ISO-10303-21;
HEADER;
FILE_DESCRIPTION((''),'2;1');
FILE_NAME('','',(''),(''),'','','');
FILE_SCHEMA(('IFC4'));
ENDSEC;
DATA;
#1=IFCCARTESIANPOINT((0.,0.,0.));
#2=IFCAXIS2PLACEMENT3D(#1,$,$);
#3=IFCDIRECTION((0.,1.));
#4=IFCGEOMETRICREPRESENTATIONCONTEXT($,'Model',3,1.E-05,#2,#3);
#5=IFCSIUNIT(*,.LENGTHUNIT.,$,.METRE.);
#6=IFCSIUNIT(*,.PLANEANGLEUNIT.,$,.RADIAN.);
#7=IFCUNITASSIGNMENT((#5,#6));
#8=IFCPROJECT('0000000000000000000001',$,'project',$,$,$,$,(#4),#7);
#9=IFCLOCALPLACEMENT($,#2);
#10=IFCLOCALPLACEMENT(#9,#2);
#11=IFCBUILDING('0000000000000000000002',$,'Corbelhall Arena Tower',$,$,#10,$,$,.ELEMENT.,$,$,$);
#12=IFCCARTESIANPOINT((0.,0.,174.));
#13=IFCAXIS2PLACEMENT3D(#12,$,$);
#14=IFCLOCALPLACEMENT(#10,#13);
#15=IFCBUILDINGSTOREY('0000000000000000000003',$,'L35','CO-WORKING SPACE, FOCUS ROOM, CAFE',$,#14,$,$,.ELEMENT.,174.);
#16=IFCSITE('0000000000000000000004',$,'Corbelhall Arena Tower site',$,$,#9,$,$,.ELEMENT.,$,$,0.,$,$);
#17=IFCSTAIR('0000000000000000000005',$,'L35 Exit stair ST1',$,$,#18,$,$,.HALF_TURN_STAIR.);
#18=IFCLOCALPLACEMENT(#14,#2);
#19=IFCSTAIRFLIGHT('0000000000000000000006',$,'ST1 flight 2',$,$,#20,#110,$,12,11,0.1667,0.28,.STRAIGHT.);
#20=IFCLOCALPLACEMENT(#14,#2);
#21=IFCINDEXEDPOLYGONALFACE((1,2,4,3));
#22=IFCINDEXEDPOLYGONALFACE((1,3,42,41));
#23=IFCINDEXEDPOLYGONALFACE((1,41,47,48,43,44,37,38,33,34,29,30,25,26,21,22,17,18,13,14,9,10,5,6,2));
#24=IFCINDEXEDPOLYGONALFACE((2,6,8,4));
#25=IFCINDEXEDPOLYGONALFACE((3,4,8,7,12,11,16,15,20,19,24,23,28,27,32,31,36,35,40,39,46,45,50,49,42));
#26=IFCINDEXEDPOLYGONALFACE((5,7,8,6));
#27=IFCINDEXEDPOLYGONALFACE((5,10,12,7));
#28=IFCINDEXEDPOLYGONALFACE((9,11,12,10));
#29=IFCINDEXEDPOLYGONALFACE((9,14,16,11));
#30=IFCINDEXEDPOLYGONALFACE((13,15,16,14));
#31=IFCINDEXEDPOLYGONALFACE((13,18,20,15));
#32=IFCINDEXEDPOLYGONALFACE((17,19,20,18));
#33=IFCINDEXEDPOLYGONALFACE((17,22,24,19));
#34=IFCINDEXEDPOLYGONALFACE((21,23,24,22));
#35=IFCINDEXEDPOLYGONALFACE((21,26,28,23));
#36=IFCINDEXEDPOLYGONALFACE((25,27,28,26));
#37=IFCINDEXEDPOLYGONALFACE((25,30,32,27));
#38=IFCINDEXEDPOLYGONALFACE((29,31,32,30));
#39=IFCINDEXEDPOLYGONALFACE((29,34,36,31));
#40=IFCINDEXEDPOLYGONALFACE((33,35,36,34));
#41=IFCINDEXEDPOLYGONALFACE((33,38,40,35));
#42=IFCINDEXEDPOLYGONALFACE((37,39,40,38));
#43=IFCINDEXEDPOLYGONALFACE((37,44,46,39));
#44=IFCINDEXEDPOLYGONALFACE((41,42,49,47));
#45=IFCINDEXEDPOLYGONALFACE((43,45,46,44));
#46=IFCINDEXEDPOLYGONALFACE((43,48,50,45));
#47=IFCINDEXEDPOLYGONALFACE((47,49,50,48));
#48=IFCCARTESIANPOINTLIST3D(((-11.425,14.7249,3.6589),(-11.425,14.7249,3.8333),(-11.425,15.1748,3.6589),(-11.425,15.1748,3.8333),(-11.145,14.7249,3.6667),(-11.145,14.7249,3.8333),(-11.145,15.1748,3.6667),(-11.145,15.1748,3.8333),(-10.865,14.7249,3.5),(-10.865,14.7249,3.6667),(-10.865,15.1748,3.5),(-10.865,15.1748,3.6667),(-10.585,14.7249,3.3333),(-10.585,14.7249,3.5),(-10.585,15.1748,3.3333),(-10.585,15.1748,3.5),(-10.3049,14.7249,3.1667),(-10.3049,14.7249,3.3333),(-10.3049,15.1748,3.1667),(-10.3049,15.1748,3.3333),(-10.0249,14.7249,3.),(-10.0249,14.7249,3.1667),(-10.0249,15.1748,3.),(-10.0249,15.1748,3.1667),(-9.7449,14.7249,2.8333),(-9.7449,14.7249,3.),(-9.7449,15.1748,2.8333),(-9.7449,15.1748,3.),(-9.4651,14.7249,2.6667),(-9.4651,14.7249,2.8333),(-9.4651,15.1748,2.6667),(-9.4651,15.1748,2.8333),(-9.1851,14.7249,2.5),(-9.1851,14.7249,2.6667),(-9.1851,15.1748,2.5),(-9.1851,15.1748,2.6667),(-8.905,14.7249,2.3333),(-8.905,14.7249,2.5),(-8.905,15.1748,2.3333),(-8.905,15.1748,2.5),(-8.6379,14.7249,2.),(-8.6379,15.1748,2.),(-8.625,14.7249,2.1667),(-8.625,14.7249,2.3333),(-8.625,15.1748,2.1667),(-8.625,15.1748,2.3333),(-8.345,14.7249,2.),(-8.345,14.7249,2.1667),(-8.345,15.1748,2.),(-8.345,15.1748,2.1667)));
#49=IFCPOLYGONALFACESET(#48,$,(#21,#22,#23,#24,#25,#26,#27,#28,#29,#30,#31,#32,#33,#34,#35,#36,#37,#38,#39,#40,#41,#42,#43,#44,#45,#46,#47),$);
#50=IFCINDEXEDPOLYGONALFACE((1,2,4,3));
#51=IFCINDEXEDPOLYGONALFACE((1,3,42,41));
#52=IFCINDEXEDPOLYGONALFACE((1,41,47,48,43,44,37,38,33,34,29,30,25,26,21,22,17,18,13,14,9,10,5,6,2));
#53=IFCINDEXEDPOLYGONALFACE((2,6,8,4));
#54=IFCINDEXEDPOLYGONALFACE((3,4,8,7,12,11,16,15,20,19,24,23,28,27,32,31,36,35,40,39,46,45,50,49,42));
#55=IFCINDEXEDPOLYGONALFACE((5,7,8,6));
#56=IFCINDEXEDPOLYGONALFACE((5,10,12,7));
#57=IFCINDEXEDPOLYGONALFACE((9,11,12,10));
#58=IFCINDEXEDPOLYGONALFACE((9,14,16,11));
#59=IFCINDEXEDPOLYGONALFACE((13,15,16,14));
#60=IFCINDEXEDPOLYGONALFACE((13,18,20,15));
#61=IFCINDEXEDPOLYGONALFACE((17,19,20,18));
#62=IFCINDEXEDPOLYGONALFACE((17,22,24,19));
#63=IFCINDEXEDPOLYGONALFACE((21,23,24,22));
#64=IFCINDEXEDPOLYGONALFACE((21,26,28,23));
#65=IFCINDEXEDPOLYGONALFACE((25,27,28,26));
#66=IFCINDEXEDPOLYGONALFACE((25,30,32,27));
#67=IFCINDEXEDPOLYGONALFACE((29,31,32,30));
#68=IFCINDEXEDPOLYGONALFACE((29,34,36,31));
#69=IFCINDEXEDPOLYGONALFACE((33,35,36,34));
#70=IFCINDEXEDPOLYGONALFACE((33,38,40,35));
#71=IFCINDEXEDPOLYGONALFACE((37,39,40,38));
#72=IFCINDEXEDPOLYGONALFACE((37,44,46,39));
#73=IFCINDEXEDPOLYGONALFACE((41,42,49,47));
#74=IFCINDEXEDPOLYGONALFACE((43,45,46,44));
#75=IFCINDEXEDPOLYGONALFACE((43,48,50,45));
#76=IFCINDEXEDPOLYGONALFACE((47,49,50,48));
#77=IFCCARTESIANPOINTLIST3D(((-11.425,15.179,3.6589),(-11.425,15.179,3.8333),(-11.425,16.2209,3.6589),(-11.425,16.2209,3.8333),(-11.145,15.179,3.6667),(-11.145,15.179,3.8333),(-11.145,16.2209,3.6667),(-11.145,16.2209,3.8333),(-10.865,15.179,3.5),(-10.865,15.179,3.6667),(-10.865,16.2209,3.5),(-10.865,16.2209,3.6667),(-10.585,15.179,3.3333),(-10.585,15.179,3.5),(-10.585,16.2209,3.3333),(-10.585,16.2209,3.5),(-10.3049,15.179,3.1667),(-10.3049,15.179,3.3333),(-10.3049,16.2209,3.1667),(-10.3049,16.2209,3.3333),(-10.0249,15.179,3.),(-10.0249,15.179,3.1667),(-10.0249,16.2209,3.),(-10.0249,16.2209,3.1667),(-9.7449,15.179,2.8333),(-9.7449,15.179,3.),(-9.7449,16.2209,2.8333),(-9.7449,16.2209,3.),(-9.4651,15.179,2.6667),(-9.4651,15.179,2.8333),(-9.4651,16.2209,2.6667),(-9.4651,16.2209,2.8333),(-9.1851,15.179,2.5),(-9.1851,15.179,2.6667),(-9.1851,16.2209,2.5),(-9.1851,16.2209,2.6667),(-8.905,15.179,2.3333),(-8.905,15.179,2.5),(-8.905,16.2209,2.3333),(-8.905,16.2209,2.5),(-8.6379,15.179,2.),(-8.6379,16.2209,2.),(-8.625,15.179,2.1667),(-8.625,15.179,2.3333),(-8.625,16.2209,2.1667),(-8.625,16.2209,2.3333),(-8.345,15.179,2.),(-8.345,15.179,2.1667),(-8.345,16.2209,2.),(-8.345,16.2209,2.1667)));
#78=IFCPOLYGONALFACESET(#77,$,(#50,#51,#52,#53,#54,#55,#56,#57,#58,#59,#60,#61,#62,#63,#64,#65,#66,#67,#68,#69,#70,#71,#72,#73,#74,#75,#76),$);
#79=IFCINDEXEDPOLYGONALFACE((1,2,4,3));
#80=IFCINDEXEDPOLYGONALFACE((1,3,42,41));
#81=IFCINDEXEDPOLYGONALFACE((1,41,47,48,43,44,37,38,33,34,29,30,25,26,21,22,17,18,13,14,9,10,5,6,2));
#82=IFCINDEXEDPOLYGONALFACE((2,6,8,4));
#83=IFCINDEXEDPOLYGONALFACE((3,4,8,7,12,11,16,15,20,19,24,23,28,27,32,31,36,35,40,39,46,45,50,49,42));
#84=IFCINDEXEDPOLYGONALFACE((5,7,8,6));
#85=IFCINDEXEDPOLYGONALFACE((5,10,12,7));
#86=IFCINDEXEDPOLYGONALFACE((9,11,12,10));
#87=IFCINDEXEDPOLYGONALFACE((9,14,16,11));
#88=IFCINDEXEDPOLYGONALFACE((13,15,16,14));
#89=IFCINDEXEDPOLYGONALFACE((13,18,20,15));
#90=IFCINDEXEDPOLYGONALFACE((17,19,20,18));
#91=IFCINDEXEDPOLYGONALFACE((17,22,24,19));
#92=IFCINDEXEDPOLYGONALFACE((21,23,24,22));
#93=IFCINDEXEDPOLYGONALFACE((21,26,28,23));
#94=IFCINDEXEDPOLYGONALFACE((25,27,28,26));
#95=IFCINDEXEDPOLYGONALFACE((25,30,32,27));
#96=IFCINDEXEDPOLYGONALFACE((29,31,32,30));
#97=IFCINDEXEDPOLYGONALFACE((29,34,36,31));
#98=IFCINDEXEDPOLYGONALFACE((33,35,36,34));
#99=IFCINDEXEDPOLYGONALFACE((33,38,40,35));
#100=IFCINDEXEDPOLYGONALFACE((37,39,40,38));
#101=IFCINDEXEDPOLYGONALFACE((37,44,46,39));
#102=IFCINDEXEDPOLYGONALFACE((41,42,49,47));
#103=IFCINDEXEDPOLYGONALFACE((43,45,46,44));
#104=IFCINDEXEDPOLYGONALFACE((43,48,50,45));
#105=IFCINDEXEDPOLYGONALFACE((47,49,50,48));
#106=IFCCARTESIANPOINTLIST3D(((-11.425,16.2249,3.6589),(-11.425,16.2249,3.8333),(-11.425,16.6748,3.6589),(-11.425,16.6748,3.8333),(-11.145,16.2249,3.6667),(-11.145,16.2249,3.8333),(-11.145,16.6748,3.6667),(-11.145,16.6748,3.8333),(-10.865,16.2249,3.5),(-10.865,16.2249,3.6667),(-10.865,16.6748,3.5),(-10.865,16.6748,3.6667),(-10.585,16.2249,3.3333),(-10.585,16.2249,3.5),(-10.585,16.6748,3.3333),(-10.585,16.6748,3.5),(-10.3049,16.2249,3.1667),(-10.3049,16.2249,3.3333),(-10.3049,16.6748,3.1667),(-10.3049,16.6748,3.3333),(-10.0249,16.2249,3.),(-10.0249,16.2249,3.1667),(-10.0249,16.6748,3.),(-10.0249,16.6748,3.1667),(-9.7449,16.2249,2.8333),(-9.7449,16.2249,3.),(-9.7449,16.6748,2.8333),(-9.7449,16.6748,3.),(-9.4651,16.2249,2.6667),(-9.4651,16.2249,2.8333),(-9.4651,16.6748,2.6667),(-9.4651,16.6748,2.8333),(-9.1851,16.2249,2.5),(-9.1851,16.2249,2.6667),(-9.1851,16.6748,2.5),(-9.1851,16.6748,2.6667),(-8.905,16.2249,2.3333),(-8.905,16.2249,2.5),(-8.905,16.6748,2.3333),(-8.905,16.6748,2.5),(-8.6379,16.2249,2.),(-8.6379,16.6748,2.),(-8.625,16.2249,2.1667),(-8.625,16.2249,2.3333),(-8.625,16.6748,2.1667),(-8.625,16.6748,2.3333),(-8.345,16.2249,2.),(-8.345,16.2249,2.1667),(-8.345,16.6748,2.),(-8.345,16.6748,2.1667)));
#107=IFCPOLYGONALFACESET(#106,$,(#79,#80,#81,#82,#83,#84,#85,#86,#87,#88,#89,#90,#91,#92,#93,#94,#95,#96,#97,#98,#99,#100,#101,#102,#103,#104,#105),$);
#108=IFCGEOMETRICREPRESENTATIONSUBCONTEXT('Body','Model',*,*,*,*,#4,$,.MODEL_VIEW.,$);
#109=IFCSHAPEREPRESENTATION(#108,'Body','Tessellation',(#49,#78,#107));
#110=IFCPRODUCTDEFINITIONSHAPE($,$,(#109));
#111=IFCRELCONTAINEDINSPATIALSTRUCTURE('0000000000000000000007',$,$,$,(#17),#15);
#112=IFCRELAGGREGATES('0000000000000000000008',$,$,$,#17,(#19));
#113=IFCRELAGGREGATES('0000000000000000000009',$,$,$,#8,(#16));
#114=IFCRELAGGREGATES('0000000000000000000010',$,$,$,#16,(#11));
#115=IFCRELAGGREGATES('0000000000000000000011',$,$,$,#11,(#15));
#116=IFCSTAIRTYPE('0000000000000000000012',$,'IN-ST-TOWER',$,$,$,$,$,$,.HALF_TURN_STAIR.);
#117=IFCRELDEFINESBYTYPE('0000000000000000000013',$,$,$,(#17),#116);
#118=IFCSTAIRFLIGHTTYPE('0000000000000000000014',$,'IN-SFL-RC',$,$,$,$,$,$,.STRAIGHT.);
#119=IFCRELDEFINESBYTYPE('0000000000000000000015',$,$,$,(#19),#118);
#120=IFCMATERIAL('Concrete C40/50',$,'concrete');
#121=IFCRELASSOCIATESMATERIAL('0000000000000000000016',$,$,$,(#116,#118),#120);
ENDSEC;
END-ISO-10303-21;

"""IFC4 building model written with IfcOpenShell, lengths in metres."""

from ifc_helpers import new_model, si_unit, direction, frame, origin, place, context, subcontext, project, spatial, polyline, outline, extrude, material, type_object, element, aggregate, save


model = new_model("IFC4")

# Units and contexts
model_context = context("Model", 3, precision=1e-05, world=origin(), true_north=direction((0.0, 1.0)))
body_context = subcontext(model_context, "Body", "Model", "MODEL_VIEW")
ifc_project = project(units=[si_unit("LENGTHUNIT", "METRE"), si_unit("PLANEANGLEUNIT", "RADIAN")], contexts=[model_context])

# Site, building, storey
site_placement = place(None, origin())
site = spatial("IfcSite", under=ifc_project, at=site_placement, Name="Corbelhall Arena Tower site", CompositionType="ELEMENT", RefElevation=0.0)
building_placement = place(site_placement, origin())
building = spatial("IfcBuilding", under=site, at=building_placement, Name="Corbelhall Arena Tower", CompositionType="ELEMENT")
storey_placement = place(building_placement, frame((0.0, 0.0, 174.0)))
storey = spatial("IfcBuildingStorey", under=building, at=storey_placement, Name="L35", Description="CO-WORKING SPACE, FOCUS ROOM, CAFE", CompositionType="ELEMENT", Elevation=174.0)

# Shared definitions
ifc_material_1 = material(Name="Concrete C40/50", Category="concrete")

# Stair, stair flight
stair_type = type_object("IfcStairType", Name="IN-ST-TOWER", PredefinedType="HALF_TURN_STAIR", material=ifc_material_1)
stair_placement = place(storey_placement, origin())
stair = element("IfcStair", 1, at=stair_placement, inside=storey, type_object=stair_type, Name="L35 Exit stair ST1", PredefinedType="HALF_TURN_STAIR")
stair_flight_type = type_object("IfcStairFlightType", Name="IN-SFL-RC", PredefinedType="STRAIGHT", material=ifc_material_1)
stair_flight_placement = place(storey_placement, frame((-8.345, 15.7, 2.0), z_axis=(0.0, 0.0, 1.0), x_axis=(-1.0, 0.0, 0.0)))
stair_flight = element("IfcStairFlight", 2, at=stair_flight_placement, type_object=stair_flight_type, Name="ST1 flight 2", NumberOfRisers=12, NumberOfTreads=11, PredefinedType="STRAIGHT", RiserHeight=0.1667, TreadLength=0.28, context=body_context, shape_type="SweptSolid", body=[
    extrude(outline(polyline([(0.0, 0.0), (0.0, 0.1667), (0.28, 0.1667), (0.28, 0.3333), (0.5601, 0.3333), (0.5601, 0.5), (0.8401, 0.5), (0.8401, 0.6667), (1.1201, 0.6667), (1.1201, 0.8333), (1.3999, 0.8333), (1.3999, 1.0), (1.6799, 1.0), (1.6799, 1.1667), (1.96, 1.1667), (1.96, 1.3333), (2.24, 1.3333), (2.24, 1.5), (2.52, 1.5), (2.52, 1.6667), (2.8, 1.6667), (2.8, 1.8333), (3.0801, 1.8333), (3.0801, 2.0), (3.0801, 1.6589), (0.293, 0.0), (0.0, 0.0)])), frame((0.0, 0.9751, 0.0), z_axis=(0.0, -1.0, 0.0), x_axis=(1.0, 0.0, 0.0)), (0.0, 0.0, 1.0), 0.45),
    extrude(outline(polyline([(0.0, 0.0), (0.0, 0.1667), (0.28, 0.1667), (0.28, 0.3333), (0.5601, 0.3333), (0.5601, 0.5), (0.8401, 0.5), (0.8401, 0.6667), (1.1201, 0.6667), (1.1201, 0.8333), (1.3999, 0.8333), (1.3999, 1.0), (1.6799, 1.0), (1.6799, 1.1667), (1.96, 1.1667), (1.96, 1.3333), (2.24, 1.3333), (2.24, 1.5), (2.52, 1.5), (2.52, 1.6667), (2.8, 1.6667), (2.8, 1.8333), (3.0801, 1.8333), (3.0801, 2.0), (3.0801, 1.6589), (0.293, 0.0), (0.0, 0.0)])), frame((0.0, 0.521, 0.0), z_axis=(0.0, -1.0, 0.0), x_axis=(1.0, 0.0, 0.0)), (0.0, 0.0, 1.0), 1.042),
    extrude(outline(polyline([(0.0, 0.0), (0.0, 0.1667), (0.28, 0.1667), (0.28, 0.3333), (0.5601, 0.3333), (0.5601, 0.5), (0.8401, 0.5), (0.8401, 0.6667), (1.1201, 0.6667), (1.1201, 0.8333), (1.3999, 0.8333), (1.3999, 1.0), (1.6799, 1.0), (1.6799, 1.1667), (1.96, 1.1667), (1.96, 1.3333), (2.24, 1.3333), (2.24, 1.5), (2.52, 1.5), (2.52, 1.6667), (2.8, 1.6667), (2.8, 1.8333), (3.0801, 1.8333), (3.0801, 2.0), (3.0801, 1.6589), (0.293, 0.0), (0.0, 0.0)])), frame((0.0, -0.5249, 0.0), z_axis=(0.0, -1.0, 0.0), x_axis=(1.0, 0.0, 0.0)), (0.0, 0.0, 1.0), 0.45),
])
aggregate(stair, [stair_flight])

save(model, "model.ifc")
